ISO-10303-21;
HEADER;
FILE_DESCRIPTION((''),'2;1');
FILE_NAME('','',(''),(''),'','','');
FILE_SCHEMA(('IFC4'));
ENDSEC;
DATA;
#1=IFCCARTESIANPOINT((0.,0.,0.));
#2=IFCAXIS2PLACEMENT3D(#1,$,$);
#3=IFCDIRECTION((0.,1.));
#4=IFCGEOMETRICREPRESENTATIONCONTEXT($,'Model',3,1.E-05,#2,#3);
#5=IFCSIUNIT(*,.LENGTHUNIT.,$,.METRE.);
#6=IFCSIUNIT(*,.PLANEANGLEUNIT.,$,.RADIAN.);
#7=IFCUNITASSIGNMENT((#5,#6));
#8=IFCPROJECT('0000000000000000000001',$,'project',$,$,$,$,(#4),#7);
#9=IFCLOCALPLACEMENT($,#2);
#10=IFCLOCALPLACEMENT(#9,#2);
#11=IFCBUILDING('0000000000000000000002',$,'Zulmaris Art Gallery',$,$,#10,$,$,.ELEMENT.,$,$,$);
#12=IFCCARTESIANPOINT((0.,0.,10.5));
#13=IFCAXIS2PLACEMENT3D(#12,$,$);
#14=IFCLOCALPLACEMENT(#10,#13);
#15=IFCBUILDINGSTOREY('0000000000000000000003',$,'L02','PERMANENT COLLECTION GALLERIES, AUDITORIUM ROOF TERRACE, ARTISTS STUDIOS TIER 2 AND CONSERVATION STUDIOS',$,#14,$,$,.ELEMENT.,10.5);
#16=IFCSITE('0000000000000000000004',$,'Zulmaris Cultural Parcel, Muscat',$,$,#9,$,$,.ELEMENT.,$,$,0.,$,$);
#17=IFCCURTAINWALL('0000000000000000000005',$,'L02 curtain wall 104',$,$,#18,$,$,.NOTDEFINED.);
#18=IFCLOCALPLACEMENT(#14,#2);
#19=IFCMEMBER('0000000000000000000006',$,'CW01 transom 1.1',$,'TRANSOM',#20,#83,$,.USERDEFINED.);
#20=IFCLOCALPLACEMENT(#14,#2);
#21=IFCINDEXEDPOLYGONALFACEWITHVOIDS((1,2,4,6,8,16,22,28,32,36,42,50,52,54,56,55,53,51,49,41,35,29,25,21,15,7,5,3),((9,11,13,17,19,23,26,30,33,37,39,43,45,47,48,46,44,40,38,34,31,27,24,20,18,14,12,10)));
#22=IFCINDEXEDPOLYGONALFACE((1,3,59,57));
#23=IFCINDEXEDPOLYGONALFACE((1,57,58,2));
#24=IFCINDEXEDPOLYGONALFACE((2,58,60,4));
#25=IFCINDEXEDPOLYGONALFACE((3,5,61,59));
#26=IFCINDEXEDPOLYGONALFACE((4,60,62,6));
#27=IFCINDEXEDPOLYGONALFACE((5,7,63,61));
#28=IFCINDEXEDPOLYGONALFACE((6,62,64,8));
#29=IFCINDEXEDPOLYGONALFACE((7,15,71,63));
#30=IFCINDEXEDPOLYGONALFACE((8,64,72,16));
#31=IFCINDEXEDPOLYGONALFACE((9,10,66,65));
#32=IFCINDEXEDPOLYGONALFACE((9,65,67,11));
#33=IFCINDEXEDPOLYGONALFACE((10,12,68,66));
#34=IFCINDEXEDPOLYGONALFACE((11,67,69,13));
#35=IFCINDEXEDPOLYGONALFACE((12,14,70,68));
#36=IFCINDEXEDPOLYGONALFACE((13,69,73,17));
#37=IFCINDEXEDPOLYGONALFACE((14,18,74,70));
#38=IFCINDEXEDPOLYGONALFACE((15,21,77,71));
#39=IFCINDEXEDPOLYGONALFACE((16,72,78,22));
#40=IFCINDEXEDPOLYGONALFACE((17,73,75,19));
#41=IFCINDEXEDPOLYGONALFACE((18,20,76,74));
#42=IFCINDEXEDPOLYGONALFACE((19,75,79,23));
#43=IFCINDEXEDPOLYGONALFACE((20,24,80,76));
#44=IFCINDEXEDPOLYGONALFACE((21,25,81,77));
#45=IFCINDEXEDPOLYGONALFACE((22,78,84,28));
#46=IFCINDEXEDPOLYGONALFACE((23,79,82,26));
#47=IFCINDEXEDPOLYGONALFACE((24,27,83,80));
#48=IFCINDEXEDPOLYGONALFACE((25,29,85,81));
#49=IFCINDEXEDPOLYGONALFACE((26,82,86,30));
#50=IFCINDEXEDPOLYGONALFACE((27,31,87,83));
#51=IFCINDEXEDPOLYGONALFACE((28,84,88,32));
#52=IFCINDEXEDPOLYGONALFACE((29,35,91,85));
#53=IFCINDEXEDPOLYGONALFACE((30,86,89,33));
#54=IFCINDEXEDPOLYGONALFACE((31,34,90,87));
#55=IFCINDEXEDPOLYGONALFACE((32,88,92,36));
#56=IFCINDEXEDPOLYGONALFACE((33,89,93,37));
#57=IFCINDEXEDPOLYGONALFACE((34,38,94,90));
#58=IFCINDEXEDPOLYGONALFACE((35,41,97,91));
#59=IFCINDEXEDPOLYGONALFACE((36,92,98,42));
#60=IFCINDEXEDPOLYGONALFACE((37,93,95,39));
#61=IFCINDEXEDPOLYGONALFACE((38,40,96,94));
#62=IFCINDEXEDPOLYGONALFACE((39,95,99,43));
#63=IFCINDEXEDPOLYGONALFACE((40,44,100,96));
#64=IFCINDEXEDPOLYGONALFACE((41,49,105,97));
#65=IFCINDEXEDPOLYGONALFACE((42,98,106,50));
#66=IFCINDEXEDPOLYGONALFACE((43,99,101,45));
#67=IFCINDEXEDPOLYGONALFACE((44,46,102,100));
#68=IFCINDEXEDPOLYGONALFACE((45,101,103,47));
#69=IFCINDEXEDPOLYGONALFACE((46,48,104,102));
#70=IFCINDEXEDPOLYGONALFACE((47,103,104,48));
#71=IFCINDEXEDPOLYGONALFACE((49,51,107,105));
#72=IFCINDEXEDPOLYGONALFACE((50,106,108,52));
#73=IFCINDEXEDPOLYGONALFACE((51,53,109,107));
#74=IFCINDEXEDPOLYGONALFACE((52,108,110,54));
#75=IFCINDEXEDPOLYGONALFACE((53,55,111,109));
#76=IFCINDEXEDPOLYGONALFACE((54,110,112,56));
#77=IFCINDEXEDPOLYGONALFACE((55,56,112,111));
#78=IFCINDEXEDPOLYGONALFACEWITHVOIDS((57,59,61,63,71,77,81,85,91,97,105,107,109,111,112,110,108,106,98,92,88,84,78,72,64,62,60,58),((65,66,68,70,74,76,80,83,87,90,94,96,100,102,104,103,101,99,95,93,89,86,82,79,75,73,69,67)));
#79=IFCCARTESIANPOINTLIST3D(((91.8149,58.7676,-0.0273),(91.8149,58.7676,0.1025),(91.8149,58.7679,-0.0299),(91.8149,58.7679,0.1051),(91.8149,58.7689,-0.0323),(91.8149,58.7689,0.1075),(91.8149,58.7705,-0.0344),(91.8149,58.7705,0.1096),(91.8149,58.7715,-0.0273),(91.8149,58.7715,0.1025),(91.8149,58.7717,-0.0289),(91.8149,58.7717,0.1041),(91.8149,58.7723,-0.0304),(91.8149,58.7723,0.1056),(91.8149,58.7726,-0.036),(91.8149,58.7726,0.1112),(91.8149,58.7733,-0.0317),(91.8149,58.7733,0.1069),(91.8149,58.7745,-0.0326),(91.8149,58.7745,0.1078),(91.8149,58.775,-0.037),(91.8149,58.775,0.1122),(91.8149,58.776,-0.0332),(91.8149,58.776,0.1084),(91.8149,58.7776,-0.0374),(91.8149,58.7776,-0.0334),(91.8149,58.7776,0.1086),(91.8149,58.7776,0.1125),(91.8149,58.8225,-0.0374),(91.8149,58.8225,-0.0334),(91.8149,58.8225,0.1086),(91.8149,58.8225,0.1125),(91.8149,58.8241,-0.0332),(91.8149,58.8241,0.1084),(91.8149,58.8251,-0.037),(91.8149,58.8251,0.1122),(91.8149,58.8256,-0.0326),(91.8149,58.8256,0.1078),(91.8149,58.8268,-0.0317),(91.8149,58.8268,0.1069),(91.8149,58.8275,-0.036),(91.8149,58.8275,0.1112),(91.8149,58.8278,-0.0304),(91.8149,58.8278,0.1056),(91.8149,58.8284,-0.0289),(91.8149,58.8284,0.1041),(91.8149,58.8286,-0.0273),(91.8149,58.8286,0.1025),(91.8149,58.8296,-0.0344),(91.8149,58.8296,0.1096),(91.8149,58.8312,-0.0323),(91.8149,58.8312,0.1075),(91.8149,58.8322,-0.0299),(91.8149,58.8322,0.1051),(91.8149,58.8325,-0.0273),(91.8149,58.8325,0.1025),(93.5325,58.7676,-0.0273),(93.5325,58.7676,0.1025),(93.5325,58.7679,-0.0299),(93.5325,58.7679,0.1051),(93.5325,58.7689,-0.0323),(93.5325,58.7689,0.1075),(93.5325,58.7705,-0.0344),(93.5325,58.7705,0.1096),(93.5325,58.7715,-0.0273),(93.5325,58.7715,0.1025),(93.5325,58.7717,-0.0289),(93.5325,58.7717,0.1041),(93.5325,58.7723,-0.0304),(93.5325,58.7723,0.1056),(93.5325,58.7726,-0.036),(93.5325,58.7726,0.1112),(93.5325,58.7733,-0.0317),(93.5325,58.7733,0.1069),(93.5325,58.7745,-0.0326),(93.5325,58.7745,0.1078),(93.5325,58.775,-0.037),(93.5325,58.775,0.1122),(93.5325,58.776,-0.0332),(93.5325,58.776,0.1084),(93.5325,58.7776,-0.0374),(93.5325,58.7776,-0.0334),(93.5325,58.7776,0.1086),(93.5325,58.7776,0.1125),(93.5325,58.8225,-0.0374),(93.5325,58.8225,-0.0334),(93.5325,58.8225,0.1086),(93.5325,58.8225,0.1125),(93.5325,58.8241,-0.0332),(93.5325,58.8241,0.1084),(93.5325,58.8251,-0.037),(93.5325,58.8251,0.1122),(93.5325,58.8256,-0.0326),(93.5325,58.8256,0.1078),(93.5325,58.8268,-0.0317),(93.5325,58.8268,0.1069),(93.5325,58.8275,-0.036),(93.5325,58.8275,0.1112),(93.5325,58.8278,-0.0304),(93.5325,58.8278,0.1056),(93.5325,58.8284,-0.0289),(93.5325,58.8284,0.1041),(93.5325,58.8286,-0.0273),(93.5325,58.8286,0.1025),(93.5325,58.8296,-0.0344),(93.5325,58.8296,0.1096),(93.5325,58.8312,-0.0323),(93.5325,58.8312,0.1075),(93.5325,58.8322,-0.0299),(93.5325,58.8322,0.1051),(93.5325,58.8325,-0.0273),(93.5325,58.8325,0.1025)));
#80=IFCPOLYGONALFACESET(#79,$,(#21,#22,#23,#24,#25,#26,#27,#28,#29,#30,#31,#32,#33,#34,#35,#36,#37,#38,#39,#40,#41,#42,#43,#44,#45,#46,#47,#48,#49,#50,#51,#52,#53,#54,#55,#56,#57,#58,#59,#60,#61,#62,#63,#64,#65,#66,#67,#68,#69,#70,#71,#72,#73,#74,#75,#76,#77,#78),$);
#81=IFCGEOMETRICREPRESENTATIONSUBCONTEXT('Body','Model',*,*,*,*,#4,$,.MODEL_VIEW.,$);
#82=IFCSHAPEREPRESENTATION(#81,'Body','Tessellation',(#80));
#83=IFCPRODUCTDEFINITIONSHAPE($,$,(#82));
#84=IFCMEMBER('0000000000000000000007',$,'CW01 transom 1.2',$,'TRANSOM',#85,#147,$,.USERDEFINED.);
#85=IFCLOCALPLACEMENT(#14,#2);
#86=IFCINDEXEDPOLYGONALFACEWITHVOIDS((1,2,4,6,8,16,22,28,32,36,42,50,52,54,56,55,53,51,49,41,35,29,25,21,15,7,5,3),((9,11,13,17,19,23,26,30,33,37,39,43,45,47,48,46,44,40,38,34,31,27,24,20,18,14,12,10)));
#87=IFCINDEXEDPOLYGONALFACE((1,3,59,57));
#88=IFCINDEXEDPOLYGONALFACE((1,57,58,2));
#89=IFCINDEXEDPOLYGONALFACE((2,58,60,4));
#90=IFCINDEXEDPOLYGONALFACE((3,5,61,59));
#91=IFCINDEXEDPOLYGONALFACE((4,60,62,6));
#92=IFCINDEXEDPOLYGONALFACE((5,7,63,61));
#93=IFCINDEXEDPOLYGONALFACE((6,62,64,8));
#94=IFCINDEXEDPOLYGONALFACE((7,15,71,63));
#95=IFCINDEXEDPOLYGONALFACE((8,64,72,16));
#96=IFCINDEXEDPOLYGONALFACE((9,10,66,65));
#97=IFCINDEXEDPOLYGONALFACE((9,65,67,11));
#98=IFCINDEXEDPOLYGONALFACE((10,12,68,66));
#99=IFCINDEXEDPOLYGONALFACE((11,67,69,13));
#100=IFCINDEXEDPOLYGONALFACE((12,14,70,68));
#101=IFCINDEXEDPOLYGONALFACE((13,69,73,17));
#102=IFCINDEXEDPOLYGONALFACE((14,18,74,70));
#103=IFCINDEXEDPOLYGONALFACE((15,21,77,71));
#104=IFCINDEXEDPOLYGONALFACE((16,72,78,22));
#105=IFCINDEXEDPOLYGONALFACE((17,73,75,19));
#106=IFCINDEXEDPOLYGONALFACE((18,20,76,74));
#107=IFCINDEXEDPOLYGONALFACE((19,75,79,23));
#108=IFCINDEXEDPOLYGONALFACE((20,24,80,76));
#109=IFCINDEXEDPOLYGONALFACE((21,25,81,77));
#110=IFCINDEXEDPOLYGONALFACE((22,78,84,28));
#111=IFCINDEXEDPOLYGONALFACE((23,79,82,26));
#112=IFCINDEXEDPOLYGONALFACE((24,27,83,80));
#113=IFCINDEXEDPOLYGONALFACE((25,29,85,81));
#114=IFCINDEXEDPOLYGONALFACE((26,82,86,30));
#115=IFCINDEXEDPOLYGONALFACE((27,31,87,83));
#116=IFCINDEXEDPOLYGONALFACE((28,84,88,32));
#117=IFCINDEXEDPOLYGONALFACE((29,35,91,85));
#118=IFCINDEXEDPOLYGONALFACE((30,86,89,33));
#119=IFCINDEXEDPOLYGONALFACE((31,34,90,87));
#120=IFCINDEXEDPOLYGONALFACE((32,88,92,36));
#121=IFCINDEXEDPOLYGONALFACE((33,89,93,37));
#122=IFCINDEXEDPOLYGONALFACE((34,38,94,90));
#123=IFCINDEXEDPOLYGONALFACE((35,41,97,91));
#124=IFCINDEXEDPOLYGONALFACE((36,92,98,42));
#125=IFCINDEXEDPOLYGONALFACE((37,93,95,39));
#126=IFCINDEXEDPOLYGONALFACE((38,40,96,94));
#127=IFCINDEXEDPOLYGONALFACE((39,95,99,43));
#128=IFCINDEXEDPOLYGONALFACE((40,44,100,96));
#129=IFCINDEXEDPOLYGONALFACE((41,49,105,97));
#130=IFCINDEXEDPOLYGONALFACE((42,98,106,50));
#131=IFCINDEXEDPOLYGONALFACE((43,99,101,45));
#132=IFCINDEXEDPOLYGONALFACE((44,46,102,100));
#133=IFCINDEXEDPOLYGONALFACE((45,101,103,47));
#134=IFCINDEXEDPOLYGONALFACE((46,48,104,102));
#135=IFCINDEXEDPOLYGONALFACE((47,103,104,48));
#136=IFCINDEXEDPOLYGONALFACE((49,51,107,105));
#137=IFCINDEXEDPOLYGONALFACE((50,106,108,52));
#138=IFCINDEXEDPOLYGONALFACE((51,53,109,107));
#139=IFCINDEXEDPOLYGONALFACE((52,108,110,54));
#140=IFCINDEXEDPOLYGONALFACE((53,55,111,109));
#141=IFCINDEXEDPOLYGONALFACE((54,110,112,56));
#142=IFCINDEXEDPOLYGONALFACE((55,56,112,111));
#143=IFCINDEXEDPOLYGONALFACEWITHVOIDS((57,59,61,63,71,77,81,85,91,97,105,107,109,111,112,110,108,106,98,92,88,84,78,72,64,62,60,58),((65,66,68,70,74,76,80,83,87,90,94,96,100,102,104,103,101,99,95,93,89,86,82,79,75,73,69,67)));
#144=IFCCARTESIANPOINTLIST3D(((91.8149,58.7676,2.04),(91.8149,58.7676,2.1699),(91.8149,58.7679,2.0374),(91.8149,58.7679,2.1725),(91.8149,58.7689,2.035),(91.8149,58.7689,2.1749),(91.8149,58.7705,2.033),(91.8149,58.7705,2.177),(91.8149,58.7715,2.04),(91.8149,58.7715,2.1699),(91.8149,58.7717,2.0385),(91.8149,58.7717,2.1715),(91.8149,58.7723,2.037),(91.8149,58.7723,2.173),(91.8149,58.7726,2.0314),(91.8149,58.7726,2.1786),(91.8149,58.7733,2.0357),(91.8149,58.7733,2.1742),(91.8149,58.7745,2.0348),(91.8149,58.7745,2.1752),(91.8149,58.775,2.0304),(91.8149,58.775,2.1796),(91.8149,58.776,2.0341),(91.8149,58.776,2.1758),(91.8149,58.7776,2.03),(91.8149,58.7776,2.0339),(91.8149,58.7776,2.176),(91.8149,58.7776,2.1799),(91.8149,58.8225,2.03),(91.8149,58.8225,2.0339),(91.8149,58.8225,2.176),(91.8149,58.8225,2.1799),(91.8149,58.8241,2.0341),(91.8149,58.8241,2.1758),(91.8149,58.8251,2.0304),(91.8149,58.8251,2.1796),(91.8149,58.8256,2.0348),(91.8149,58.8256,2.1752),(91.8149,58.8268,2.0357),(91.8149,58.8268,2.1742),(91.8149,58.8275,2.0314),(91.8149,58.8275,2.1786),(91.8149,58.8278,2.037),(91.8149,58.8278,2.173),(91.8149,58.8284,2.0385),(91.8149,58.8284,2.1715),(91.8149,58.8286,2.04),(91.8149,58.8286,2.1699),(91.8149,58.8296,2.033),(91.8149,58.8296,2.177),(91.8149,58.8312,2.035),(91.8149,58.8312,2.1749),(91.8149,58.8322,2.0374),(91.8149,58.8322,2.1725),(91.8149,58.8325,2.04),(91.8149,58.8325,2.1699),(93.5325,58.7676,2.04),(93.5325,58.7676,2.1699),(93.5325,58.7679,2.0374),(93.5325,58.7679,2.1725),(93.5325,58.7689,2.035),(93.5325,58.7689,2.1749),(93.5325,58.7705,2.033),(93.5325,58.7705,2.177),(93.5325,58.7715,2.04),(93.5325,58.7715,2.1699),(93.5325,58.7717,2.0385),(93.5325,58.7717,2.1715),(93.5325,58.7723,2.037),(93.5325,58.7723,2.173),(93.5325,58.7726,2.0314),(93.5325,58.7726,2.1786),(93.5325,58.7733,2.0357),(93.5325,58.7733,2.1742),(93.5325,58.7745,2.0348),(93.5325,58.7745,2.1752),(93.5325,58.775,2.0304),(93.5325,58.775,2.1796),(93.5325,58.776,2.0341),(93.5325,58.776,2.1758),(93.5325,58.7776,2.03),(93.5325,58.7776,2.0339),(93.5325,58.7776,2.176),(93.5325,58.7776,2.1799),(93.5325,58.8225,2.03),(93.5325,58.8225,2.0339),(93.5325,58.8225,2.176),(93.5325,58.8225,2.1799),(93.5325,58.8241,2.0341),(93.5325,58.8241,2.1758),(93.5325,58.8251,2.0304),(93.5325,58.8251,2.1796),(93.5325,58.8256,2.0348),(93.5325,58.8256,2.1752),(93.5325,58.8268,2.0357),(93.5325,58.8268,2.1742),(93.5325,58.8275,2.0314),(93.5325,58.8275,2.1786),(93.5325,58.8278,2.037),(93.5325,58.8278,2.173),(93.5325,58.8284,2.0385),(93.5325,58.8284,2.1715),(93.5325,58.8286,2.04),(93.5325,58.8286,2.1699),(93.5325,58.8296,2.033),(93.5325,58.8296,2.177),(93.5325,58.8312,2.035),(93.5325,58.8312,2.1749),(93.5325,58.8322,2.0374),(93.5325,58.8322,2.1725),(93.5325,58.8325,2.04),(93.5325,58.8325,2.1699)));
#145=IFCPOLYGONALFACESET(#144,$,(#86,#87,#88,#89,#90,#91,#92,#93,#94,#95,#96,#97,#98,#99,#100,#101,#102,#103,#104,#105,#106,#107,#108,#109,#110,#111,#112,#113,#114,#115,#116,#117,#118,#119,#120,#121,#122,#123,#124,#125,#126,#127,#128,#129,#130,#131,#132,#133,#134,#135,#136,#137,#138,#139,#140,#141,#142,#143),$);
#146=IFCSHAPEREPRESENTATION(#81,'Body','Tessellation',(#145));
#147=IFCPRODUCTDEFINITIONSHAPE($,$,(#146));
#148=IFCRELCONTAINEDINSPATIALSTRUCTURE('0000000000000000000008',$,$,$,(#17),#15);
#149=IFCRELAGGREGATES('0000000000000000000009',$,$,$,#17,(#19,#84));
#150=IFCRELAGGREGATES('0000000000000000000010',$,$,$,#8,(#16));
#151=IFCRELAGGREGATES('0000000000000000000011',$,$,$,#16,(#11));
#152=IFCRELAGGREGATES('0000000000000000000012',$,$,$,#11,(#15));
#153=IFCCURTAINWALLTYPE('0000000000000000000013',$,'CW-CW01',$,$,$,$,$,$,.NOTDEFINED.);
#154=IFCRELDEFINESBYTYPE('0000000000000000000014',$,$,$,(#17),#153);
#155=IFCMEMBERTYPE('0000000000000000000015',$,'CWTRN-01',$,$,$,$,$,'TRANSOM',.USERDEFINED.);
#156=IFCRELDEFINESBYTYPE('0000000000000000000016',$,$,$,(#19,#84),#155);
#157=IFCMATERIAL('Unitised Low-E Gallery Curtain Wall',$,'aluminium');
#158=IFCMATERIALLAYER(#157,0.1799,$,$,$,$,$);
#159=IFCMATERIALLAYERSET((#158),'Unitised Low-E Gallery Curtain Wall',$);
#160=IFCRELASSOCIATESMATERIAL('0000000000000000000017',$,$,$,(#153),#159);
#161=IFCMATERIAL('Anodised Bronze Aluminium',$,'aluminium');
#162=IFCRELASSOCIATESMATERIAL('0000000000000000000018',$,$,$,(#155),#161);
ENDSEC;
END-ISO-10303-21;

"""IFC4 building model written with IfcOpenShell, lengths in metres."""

from ifc_helpers import new_model, si_unit, direction, frame, origin, origin_2d, place, context, subcontext, project, spatial, hollow_rectangle, extrude, material, layer, layer_set, material_profile, profile_set, type_object, element, aggregate, save


model = new_model("IFC4")

# Units and contexts
model_context = context("Model", 3, precision=1e-05, world=origin(), true_north=direction((0.0, 1.0)))
body_context = subcontext(model_context, "Body", "Model", "MODEL_VIEW")
ifc_project = project(units=[si_unit("LENGTHUNIT", "METRE"), si_unit("PLANEANGLEUNIT", "RADIAN")], contexts=[model_context])

# Site, building, storey
site_placement = place(None, origin())
site = spatial("IfcSite", under=ifc_project, at=site_placement, Name="Zulmaris Cultural Parcel, Muscat", CompositionType="ELEMENT", RefElevation=0.0)
building_placement = place(site_placement, origin())
building = spatial("IfcBuilding", under=site, at=building_placement, Name="Zulmaris Art Gallery", CompositionType="ELEMENT")
storey_placement = place(building_placement, frame((0.0, 0.0, 10.5)))
storey = spatial("IfcBuildingStorey", under=building, at=storey_placement, Name="L02", Description="PERMANENT COLLECTION GALLERIES, AUDITORIUM ROOF TERRACE, ARTISTS STUDIOS TIER 2 AND CONSERVATION STUDIOS", CompositionType="ELEMENT", Elevation=10.5)

# Shared definitions
ifc_material_1 = material(Name="Anodised Bronze Aluminium", Category="aluminium")

# Curtain wall
ifc_material_2 = material(Name="Unitised Low-E Gallery Curtain Wall", Category="aluminium")
ifc_layer_1 = layer(ifc_material_2, 0.1799)
ifc_layer_set_1 = layer_set([ifc_layer_1], Name="Unitised Low-E Gallery Curtain Wall")
curtain_wall_type_1 = type_object("IfcCurtainWallType", Name="CW-CW01", PredefinedType="NOTDEFINED", material=ifc_layer_set_1)
curtain_wall_1_placement = place(storey_placement, origin())
curtain_wall_1 = element("IfcCurtainWall", 1, at=curtain_wall_1_placement, inside=storey, type_object=curtain_wall_type_1, Name="L02 curtain wall 104", PredefinedType="NOTDEFINED")

# Members
ifc_material_profile_1 = material_profile(ifc_material_1, hollow_rectangle(XDim=0.0649, YDim=0.1499, WallThickness=0.0039, InnerFilletRadius=0.0061, OuterFilletRadius=0.01, at=origin_2d()), Name="ALU 65x150x4")
ifc_profile_set_1 = profile_set([ifc_material_profile_1], Name="Anodised Bronze Aluminium")
member_type_1 = type_object("IfcMemberType", Name="CWTRN-01", ElementType="TRANSOM", PredefinedType="USERDEFINED", material=ifc_profile_set_1)
member_1_placement = place(storey_placement, frame((91.8149, 58.8, 0.0376), z_axis=(1.0, 0.0, 0.0), x_axis=(0.0, 1.0, 0.0)))
member_1 = element("IfcMember", 2, at=member_1_placement, type_object=member_type_1, Name="CW01 transom 1.1", ObjectType="TRANSOM", PredefinedType="USERDEFINED", context=body_context, shape_type="SweptSolid", body=[
    extrude(hollow_rectangle(XDim=0.0649, YDim=0.1499, WallThickness=0.0039, InnerFilletRadius=0.0061, OuterFilletRadius=0.01, at=origin_2d()), origin(), (0.0, 0.0, 1.0), 1.7175),
])
member_2_placement = place(storey_placement, frame((91.8149, 58.8, 2.105), z_axis=(1.0, 0.0, 0.0), x_axis=(0.0, 1.0, 0.0)))
member_2 = element("IfcMember", 3, at=member_2_placement, type_object=member_type_1, Name="CW01 transom 1.2", ObjectType="TRANSOM", PredefinedType="USERDEFINED", context=body_context, shape_type="SweptSolid", body=[
    extrude(hollow_rectangle(XDim=0.0649, YDim=0.1499, WallThickness=0.0039, InnerFilletRadius=0.0061, OuterFilletRadius=0.01, at=origin_2d()), origin(), (0.0, 0.0, 1.0), 1.7175),
])

aggregate(curtain_wall_1, [member_1, member_2])

save(model, "model.ifc")
